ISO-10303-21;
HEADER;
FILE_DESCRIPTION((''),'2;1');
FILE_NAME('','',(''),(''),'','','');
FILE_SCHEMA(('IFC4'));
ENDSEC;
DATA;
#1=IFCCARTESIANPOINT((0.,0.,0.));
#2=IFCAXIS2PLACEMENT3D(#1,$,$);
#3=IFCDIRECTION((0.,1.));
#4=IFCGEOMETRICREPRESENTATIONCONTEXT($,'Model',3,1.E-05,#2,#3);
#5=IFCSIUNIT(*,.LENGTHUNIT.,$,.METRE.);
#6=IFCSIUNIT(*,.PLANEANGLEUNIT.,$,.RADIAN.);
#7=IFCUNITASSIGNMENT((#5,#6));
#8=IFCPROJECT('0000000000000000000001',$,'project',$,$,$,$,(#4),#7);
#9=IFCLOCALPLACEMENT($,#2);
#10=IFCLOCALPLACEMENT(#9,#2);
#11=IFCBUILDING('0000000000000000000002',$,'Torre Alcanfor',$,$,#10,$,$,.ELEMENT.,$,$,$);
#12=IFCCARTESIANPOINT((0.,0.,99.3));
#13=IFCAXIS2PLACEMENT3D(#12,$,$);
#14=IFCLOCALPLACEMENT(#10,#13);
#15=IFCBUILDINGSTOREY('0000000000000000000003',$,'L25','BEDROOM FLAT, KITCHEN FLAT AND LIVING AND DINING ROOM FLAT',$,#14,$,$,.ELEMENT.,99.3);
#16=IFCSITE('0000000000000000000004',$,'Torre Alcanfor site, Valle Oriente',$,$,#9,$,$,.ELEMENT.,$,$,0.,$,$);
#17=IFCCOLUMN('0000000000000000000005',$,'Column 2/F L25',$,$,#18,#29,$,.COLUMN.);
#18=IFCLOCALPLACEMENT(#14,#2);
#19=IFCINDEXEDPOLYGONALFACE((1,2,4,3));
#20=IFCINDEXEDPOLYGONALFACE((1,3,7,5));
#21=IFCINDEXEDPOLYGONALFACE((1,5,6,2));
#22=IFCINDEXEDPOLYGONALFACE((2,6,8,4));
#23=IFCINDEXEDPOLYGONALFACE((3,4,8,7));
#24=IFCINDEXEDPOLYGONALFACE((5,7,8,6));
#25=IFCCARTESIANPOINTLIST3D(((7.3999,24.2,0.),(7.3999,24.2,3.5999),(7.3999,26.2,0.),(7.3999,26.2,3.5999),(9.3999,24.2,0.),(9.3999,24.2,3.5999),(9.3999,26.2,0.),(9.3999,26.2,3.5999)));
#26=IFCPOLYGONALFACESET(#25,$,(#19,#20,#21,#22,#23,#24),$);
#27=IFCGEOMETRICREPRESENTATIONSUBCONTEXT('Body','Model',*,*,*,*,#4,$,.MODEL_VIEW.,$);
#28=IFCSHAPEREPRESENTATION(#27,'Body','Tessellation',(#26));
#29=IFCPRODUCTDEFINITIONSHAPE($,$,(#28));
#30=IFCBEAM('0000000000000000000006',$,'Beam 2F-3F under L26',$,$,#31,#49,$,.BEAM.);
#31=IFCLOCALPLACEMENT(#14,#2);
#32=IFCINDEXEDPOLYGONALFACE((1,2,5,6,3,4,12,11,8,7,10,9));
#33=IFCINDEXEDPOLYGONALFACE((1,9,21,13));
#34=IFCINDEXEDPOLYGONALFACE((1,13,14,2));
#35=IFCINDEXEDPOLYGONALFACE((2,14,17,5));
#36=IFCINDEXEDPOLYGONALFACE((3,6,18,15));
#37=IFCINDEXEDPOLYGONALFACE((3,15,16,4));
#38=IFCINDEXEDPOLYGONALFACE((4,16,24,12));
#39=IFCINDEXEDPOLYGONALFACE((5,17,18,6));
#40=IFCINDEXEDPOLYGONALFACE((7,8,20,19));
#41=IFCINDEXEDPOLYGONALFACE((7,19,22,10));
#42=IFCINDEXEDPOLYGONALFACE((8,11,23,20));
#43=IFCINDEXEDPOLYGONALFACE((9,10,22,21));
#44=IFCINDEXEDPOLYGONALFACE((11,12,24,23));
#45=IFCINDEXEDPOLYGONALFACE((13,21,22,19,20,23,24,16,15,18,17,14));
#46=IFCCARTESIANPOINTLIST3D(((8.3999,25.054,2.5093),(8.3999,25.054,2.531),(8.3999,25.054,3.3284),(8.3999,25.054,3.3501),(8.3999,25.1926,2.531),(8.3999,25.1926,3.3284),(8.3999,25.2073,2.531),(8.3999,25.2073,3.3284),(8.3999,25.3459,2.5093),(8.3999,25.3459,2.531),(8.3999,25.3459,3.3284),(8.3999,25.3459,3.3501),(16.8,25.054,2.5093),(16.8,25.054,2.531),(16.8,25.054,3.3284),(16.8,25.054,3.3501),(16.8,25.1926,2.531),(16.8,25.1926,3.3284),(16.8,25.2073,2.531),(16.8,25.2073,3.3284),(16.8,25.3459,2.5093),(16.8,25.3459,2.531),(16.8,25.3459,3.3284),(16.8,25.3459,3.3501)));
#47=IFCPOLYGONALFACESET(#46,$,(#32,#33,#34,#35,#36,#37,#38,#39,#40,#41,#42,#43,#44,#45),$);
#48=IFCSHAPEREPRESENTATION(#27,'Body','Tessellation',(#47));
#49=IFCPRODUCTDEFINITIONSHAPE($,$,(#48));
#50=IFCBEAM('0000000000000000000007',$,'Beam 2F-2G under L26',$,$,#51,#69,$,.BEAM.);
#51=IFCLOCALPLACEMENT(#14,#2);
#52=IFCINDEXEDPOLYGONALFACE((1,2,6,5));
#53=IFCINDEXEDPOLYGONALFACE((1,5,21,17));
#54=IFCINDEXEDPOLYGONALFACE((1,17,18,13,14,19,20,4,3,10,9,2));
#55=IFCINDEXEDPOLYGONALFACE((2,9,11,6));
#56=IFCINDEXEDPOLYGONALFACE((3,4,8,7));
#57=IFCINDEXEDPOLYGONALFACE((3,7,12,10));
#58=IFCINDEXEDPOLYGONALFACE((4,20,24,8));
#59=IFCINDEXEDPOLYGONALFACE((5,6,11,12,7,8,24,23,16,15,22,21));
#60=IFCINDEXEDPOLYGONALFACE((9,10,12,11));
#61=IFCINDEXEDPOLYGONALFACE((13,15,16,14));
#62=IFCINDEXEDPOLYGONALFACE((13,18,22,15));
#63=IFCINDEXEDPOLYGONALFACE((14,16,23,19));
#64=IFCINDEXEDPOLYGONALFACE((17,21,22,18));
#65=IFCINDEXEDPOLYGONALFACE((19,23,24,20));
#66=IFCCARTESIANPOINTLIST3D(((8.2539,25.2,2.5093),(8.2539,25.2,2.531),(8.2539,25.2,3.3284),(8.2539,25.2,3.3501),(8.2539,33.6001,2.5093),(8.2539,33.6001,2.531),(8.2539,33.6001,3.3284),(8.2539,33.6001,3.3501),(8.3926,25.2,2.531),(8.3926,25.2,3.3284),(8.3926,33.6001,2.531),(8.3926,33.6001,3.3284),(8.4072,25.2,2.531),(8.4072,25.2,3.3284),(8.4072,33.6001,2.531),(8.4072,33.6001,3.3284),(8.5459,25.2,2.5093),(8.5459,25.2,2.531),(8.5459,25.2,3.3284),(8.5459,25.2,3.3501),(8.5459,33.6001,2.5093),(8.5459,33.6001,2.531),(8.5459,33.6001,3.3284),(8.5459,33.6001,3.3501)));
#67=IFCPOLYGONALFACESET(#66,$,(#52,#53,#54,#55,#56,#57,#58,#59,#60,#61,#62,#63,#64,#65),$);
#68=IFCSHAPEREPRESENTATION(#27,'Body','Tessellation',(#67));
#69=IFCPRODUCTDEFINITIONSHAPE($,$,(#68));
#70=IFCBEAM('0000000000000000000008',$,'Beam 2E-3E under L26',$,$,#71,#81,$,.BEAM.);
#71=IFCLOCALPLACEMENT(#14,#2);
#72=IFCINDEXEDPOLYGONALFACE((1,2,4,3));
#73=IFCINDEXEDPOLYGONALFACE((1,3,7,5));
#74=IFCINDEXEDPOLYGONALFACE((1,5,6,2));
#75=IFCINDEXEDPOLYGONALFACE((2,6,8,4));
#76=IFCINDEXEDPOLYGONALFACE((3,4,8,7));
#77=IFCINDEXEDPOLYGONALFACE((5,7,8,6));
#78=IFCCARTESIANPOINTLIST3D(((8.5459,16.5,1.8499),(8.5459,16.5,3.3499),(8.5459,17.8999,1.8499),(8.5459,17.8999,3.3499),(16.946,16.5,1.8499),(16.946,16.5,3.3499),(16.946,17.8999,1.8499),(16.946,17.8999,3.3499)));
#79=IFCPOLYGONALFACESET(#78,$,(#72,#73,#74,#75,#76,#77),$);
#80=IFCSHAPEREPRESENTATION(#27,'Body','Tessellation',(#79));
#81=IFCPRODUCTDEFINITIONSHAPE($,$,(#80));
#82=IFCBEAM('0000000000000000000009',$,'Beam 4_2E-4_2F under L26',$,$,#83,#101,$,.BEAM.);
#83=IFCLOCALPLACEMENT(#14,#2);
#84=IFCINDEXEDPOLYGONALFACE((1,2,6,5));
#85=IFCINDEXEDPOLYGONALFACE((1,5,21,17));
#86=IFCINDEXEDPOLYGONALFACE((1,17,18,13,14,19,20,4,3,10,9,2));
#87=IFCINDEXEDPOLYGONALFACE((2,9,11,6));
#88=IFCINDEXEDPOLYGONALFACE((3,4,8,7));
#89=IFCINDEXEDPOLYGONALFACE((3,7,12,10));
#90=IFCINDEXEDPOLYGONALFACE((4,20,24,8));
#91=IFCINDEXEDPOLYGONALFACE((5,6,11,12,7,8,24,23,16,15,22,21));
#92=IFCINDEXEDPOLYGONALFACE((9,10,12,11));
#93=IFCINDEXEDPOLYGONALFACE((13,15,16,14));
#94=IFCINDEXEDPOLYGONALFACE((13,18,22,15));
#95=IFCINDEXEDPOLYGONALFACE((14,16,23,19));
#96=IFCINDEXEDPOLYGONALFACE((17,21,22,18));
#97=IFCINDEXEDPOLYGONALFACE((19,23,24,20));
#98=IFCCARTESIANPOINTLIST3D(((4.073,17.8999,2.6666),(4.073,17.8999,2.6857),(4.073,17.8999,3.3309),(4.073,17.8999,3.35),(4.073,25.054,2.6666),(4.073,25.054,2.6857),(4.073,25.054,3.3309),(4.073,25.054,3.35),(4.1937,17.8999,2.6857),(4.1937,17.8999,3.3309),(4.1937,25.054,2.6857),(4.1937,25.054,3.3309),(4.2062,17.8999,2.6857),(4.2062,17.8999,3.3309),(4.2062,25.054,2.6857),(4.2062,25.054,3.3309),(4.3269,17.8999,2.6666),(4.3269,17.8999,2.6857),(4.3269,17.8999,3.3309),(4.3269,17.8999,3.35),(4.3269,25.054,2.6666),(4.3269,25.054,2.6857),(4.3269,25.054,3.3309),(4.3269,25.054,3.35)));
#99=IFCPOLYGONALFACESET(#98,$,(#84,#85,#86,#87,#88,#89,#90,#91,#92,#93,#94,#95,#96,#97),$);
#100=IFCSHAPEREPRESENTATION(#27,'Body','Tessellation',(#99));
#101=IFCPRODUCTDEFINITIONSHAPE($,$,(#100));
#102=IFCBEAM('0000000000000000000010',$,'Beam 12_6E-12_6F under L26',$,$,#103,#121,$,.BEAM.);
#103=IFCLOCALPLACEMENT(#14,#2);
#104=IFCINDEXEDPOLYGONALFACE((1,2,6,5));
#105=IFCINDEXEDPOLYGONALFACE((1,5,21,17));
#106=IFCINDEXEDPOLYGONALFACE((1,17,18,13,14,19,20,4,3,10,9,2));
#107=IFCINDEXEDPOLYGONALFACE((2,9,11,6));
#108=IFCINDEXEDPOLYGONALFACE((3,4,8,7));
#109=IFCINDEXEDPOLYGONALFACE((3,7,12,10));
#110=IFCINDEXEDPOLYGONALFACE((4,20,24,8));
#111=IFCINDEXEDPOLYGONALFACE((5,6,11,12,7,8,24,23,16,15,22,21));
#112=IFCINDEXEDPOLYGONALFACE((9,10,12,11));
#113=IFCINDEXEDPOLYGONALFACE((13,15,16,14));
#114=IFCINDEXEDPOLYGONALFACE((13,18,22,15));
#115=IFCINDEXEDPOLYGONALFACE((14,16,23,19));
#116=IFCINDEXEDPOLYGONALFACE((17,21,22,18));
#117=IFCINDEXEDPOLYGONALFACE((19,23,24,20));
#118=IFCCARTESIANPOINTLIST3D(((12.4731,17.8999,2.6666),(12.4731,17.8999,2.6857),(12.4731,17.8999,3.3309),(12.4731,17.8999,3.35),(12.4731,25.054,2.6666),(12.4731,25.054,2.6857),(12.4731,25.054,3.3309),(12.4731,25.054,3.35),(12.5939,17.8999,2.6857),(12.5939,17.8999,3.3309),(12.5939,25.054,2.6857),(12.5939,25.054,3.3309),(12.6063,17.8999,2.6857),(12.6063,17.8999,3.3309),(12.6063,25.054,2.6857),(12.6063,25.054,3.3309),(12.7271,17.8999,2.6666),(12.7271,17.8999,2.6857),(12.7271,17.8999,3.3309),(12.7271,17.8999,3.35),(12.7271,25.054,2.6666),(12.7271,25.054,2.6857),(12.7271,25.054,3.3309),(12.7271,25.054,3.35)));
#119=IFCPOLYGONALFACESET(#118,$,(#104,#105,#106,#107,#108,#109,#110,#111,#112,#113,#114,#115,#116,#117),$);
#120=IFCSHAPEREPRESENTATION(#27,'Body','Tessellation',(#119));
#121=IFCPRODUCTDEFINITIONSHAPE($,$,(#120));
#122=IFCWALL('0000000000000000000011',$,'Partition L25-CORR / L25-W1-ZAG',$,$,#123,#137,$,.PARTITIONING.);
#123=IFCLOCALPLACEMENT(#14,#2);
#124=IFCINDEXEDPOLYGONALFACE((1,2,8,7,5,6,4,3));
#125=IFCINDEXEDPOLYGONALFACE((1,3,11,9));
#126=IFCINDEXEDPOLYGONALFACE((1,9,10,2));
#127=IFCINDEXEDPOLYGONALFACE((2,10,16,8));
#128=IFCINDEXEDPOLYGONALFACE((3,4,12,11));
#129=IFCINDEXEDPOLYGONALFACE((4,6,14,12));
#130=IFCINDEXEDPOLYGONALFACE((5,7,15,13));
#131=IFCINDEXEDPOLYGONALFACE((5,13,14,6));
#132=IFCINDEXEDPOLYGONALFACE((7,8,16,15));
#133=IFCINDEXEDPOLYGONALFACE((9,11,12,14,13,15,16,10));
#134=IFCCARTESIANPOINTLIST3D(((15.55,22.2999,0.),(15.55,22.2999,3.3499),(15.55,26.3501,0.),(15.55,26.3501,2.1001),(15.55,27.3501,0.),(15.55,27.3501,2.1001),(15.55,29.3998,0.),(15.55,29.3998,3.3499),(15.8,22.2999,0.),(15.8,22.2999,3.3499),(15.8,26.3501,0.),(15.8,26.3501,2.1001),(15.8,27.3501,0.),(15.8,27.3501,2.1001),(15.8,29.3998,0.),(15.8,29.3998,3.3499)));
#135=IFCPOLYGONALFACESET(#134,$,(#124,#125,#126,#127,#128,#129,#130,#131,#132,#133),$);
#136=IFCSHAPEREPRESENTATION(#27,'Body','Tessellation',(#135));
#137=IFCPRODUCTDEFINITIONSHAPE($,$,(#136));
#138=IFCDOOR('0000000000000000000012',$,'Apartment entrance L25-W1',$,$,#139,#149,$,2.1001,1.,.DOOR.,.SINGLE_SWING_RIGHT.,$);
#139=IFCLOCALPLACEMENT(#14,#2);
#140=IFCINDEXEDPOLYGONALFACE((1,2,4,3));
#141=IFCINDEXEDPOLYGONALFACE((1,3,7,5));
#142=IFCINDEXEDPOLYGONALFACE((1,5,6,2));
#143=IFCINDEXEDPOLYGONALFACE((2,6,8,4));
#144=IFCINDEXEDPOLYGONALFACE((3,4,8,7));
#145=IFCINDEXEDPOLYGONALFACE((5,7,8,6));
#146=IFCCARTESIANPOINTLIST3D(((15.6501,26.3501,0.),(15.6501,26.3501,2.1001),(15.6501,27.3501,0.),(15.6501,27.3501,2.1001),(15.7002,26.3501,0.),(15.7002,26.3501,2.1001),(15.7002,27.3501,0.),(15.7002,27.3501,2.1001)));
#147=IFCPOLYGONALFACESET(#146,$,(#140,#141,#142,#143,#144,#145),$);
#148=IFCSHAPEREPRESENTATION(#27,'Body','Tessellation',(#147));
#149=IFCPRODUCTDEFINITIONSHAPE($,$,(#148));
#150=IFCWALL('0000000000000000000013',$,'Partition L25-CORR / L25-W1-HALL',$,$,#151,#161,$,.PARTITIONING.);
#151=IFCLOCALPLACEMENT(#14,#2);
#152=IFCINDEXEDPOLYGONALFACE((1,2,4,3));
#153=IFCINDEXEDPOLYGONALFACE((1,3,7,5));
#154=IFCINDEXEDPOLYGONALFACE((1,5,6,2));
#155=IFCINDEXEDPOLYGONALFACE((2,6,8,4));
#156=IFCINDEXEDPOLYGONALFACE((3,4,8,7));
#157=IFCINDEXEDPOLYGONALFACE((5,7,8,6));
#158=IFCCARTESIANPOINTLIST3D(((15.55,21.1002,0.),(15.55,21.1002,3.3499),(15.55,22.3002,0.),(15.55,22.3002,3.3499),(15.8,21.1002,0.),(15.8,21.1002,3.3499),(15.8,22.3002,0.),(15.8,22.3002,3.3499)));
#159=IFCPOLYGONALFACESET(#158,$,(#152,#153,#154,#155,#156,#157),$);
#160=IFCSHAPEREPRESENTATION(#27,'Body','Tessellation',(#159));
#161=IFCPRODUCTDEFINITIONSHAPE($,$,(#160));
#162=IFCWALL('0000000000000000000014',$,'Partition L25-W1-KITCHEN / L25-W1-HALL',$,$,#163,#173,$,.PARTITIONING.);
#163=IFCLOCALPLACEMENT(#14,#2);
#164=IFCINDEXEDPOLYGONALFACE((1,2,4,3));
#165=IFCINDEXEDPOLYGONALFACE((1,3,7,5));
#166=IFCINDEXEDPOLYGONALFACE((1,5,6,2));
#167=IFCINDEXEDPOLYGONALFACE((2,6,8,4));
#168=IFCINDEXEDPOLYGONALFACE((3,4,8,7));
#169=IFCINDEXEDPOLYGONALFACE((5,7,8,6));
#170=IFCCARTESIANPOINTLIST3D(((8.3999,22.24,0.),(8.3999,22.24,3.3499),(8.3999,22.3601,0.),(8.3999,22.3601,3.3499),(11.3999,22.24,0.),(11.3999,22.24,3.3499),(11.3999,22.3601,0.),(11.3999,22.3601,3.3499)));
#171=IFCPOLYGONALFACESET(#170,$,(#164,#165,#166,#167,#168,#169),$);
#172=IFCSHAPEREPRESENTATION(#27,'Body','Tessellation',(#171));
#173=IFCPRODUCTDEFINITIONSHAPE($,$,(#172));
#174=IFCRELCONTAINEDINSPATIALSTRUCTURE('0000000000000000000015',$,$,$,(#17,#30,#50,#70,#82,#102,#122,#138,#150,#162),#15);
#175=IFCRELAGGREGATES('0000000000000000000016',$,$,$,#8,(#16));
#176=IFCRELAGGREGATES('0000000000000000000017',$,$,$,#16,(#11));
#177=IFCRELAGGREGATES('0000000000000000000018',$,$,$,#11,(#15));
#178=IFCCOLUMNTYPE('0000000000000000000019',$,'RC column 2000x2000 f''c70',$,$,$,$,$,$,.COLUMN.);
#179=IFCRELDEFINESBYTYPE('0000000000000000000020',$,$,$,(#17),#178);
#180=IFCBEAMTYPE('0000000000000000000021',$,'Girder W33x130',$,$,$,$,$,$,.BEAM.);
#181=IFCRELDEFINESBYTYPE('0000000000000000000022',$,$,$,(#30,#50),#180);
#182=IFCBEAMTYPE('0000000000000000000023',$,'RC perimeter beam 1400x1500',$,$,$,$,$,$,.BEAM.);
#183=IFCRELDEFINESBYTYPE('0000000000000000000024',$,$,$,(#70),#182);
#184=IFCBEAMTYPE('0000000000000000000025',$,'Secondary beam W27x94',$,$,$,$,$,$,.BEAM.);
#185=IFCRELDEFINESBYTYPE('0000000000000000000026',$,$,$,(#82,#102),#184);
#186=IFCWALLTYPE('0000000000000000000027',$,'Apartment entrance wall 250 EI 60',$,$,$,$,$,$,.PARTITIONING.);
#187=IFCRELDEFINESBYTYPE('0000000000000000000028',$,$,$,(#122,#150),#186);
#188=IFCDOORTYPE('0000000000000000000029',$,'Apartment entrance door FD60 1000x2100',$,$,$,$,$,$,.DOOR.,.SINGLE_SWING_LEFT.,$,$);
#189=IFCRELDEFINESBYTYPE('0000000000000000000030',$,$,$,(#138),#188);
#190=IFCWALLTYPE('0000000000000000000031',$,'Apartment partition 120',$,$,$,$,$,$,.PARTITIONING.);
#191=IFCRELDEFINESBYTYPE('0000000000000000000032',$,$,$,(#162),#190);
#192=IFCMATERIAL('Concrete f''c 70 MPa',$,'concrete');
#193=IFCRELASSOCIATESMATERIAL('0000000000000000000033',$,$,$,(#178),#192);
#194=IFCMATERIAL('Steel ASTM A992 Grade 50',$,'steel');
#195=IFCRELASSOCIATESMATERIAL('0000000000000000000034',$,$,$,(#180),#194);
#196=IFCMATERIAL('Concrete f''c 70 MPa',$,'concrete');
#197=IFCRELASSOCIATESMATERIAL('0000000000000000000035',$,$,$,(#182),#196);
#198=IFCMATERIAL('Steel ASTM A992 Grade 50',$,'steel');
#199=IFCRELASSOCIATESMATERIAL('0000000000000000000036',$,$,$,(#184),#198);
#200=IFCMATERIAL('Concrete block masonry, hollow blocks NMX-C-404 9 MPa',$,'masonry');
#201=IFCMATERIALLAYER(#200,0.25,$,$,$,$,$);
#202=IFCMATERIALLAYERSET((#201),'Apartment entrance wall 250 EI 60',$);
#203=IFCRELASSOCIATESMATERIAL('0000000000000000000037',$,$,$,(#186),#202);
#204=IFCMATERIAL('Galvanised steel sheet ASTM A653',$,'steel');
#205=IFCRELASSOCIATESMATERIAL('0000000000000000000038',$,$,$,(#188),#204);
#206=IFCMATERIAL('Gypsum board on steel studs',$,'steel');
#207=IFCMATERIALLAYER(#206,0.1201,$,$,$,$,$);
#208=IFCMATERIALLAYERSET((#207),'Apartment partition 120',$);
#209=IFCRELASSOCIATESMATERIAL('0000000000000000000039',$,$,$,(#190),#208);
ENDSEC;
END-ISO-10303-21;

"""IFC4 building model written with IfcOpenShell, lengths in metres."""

from ifc_helpers import new_model, si_unit, direction, frame, frame_2d, origin, origin_2d, place, context, subcontext, project, spatial, rectangle, i_section, extrude, material, layer, layer_set, material_profile, profile_set, type_object, element, fill, save


model = new_model("IFC4")

# Units and contexts
model_context = context("Model", 3, precision=1e-05, world=origin(), true_north=direction((0.0, 1.0)))
body_context = subcontext(model_context, "Body", "Model", "MODEL_VIEW")
ifc_project = project(units=[si_unit("LENGTHUNIT", "METRE"), si_unit("PLANEANGLEUNIT", "RADIAN")], contexts=[model_context])

# Site, building, storey
site_placement = place(None, origin())
site = spatial("IfcSite", under=ifc_project, at=site_placement, Name="Torre Alcanfor site, Valle Oriente", CompositionType="ELEMENT", RefElevation=0.0)
building_placement = place(site_placement, origin())
building = spatial("IfcBuilding", under=site, at=building_placement, Name="Torre Alcanfor", CompositionType="ELEMENT")
storey_placement = place(building_placement, frame((0.0, 0.0, 99.3)))
storey = spatial("IfcBuildingStorey", under=building, at=storey_placement, Name="L25", Description="BEDROOM FLAT, KITCHEN FLAT AND LIVING AND DINING ROOM FLAT", CompositionType="ELEMENT", Elevation=99.3)

# Column
ifc_material_1 = material(Name="Concrete f'c 70 MPa", Category="concrete")
ifc_material_profile_1 = material_profile(ifc_material_1, rectangle(XDim=2.0, YDim=2.0, at=origin_2d()), Name="2000x2000")
ifc_profile_set_1 = profile_set([ifc_material_profile_1], Name="Concrete f'c 70 MPa")
column_type = type_object("IfcColumnType", Name="RC column 2000x2000 f'c70", PredefinedType="COLUMN", material=ifc_profile_set_1)
column_placement = place(storey_placement, frame((8.3999, 25.2, 0.0), z_axis=(0.0, 0.0, 1.0), x_axis=(1.0, 0.0, 0.0)))
element("IfcColumn", 1, at=column_placement, inside=storey, type_object=column_type, Name="Column 2/F L25", PredefinedType="COLUMN", context=body_context, shape_type="SweptSolid", body=[
    extrude(rectangle(XDim=2.0, YDim=2.0, at=origin_2d()), origin(), (0.0, 0.0, 1.0), 3.5999),
])

# Beams
ifc_material_2 = material(Name="Steel ASTM A992 Grade 50", Category="steel")
ifc_material_profile_2 = material_profile(ifc_material_2, i_section(OverallWidth=0.292, OverallDepth=0.8408, WebThickness=0.0146, FlangeThickness=0.0217, at=origin_2d()), Name="W33x130")
ifc_profile_set_2 = profile_set([ifc_material_profile_2], Name="Steel ASTM A992 Grade 50")
beam_type_1 = type_object("IfcBeamType", Name="Girder W33x130", PredefinedType="BEAM", material=ifc_profile_set_2)
for number, where, z_axis, x_axis, name in (
    (2, (8.3999, 25.2, 2.9297), (1.0, 0.0, 0.0), (0.0, 1.0, 0.0), "Beam 2F-3F under L26"),
    (3, (8.3999, 25.2, 2.9297), (0.0, 1.0, 0.0), (-1.0, 0.0, 0.0), "Beam 2F-2G under L26"),
):
    element("IfcBeam", number, at=place(storey_placement, frame(where, z_axis=z_axis, x_axis=x_axis)), inside=storey, type_object=beam_type_1, Name=name, PredefinedType="BEAM", context=body_context, shape_type="SweptSolid", body=[
        extrude(i_section(OverallWidth=0.292, OverallDepth=0.8408, WebThickness=0.0146, FlangeThickness=0.0217, at=origin_2d()), origin(), (0.0, 0.0, 1.0), 8.4001),
    ])
ifc_material_3 = material(Name="Concrete f'c 70 MPa", Category="concrete")
ifc_material_profile_3 = material_profile(ifc_material_3, rectangle(XDim=1.3999, YDim=1.5, at=origin_2d()), Name="1400x1500")
ifc_profile_set_3 = profile_set([ifc_material_profile_3], Name="Concrete f'c 70 MPa")
beam_type_2 = type_object("IfcBeamType", Name="RC perimeter beam 1400x1500", PredefinedType="BEAM", material=ifc_profile_set_3)
beam_placement = place(storey_placement, frame((8.5459, 17.2, 2.5999), z_axis=(1.0, 0.0, 0.0), x_axis=(0.0, 1.0, 0.0)))
element("IfcBeam", 4, at=beam_placement, inside=storey, type_object=beam_type_2, Name="Beam 2E-3E under L26", PredefinedType="BEAM", context=body_context, shape_type="SweptSolid", body=[
    extrude(rectangle(XDim=1.3999, YDim=1.5, at=origin_2d()), origin(), (0.0, 0.0, 1.0), 8.4001),
])
ifc_material_4 = material(Name="Steel ASTM A992 Grade 50", Category="steel")
ifc_material_profile_4 = material_profile(ifc_material_4, i_section(OverallWidth=0.2539, OverallDepth=0.6833, WebThickness=0.0125, FlangeThickness=0.019, at=origin_2d()), Name="W27x94")
ifc_profile_set_4 = profile_set([ifc_material_profile_4], Name="Steel ASTM A992 Grade 50")
beam_type_3 = type_object("IfcBeamType", Name="Secondary beam W27x94", PredefinedType="BEAM", material=ifc_profile_set_4)
for number, where, z_axis, x_axis, name in (
    (5, (4.2, 17.8999, 3.0083), (0.0, 1.0, 0.0), (-1.0, 0.0, 0.0), "Beam 4_2E-4_2F under L26"),
    (6, (12.6001, 17.8999, 3.0083), (0.0, 1.0, 0.0), (-1.0, 0.0, 0.0), "Beam 12_6E-12_6F under L26"),
):
    element("IfcBeam", number, at=place(storey_placement, frame(where, z_axis=z_axis, x_axis=x_axis)), inside=storey, type_object=beam_type_3, Name=name, PredefinedType="BEAM", context=body_context, shape_type="SweptSolid", body=[
        extrude(i_section(OverallWidth=0.2539, OverallDepth=0.6833, WebThickness=0.0125, FlangeThickness=0.019, at=origin_2d()), origin(), (0.0, 0.0, 1.0), 7.1541),
    ])

# Wall, opening, door
ifc_material_5 = material(Name="Concrete block masonry, hollow blocks NMX-C-404 9 MPa", Category="masonry")
ifc_layer_1 = layer(ifc_material_5, 0.25)
ifc_layer_set_1 = layer_set([ifc_layer_1], Name="Apartment entrance wall 250 EI 60")
wall_type_1 = type_object("IfcWallType", Name="Apartment entrance wall 250 EI 60", PredefinedType="PARTITIONING", material=ifc_layer_set_1)
wall_1_placement = place(storey_placement, frame((15.675, 22.3, 0.0), z_axis=(0.0, 0.0, 1.0), x_axis=(0.0, 1.0, 0.0)))
wall_1 = element("IfcWall", 7, at=wall_1_placement, inside=storey, type_object=wall_type_1, Name="Partition L25-CORR / L25-W1-ZAG", PredefinedType="PARTITIONING", context=body_context, shape_type="SweptSolid", body=[
    extrude(rectangle(XDim=7.0999, YDim=0.25, at=frame_2d((3.5498, 0.0))), origin(), (0.0, 0.0, 1.0), 3.3499),
])
opening_1_placement = place(wall_1_placement, frame((4.05, 0.0, 0.0)))
opening_1 = element("IfcOpeningElement", 8, at=opening_1_placement, cuts=wall_1, PredefinedType="OPENING", context=body_context, shape_type="SweptSolid", body=[
    extrude(rectangle(XDim=1.0, YDim=2.1001, at=frame_2d((0.5, 1.05))), frame((0.0, 0.135, 0.0), z_axis=(0.0, -1.0, 0.0), x_axis=(1.0, 0.0, 0.0)), (0.0, 0.0, 1.0), 0.27),
])
ifc_material_6 = material(Name="Galvanised steel sheet ASTM A653", Category="steel")
door_type_1 = type_object("IfcDoorType", Name="Apartment entrance door FD60 1000x2100", OperationType="SINGLE_SWING_LEFT", PredefinedType="DOOR", material=ifc_material_6)
door_1_placement = place(opening_1_placement, origin())
door_1 = element("IfcDoor", 9, at=door_1_placement, inside=storey, type_object=door_type_1, Name="Apartment entrance L25-W1", OperationType="SINGLE_SWING_RIGHT", OverallHeight=2.1001, OverallWidth=1.0, PredefinedType="DOOR", context=body_context, shape_type="SweptSolid", body=[
    extrude(rectangle(XDim=1.0, YDim=2.1001, at=frame_2d((0.5, 1.05))), frame((0.0, 0.0249, 0.0), z_axis=(0.0, -1.0, 0.0), x_axis=(1.0, 0.0, 0.0)), (0.0, 0.0, 1.0), 0.05),
])
fill(opening_1, door_1)

# Walls
wall_2_placement = place(storey_placement, frame((15.675, 21.1001, 0.0), z_axis=(0.0, 0.0, 1.0), x_axis=(0.0, 1.0, 0.0)))
element("IfcWall", 10, at=wall_2_placement, inside=storey, type_object=wall_type_1, Name="Partition L25-CORR / L25-W1-HALL", PredefinedType="PARTITIONING", context=body_context, shape_type="SweptSolid", body=[
    extrude(rectangle(XDim=1.2, YDim=0.25, at=frame_2d((0.6001, 0.0))), origin(), (0.0, 0.0, 1.0), 3.3499),
])
ifc_material_7 = material(Name="Gypsum board on steel studs", Category="steel")
ifc_layer_2 = layer(ifc_material_7, 0.1201)
ifc_layer_set_2 = layer_set([ifc_layer_2], Name="Apartment partition 120")
wall_type_2 = type_object("IfcWallType", Name="Apartment partition 120", PredefinedType="PARTITIONING", material=ifc_layer_set_2)
wall_3_placement = place(storey_placement, frame((11.3999, 22.3, 0.0), z_axis=(0.0, 0.0, 1.0), x_axis=(-1.0, 0.0, 0.0)))
element("IfcWall", 11, at=wall_3_placement, inside=storey, type_object=wall_type_2, Name="Partition L25-W1-KITCHEN / L25-W1-HALL", PredefinedType="PARTITIONING", context=body_context, shape_type="SweptSolid", body=[
    extrude(rectangle(XDim=3.0, YDim=0.1201, at=frame_2d((1.5, 0.0))), origin(), (0.0, 0.0, 1.0), 3.3499),
])

save(model, "model.ifc")
